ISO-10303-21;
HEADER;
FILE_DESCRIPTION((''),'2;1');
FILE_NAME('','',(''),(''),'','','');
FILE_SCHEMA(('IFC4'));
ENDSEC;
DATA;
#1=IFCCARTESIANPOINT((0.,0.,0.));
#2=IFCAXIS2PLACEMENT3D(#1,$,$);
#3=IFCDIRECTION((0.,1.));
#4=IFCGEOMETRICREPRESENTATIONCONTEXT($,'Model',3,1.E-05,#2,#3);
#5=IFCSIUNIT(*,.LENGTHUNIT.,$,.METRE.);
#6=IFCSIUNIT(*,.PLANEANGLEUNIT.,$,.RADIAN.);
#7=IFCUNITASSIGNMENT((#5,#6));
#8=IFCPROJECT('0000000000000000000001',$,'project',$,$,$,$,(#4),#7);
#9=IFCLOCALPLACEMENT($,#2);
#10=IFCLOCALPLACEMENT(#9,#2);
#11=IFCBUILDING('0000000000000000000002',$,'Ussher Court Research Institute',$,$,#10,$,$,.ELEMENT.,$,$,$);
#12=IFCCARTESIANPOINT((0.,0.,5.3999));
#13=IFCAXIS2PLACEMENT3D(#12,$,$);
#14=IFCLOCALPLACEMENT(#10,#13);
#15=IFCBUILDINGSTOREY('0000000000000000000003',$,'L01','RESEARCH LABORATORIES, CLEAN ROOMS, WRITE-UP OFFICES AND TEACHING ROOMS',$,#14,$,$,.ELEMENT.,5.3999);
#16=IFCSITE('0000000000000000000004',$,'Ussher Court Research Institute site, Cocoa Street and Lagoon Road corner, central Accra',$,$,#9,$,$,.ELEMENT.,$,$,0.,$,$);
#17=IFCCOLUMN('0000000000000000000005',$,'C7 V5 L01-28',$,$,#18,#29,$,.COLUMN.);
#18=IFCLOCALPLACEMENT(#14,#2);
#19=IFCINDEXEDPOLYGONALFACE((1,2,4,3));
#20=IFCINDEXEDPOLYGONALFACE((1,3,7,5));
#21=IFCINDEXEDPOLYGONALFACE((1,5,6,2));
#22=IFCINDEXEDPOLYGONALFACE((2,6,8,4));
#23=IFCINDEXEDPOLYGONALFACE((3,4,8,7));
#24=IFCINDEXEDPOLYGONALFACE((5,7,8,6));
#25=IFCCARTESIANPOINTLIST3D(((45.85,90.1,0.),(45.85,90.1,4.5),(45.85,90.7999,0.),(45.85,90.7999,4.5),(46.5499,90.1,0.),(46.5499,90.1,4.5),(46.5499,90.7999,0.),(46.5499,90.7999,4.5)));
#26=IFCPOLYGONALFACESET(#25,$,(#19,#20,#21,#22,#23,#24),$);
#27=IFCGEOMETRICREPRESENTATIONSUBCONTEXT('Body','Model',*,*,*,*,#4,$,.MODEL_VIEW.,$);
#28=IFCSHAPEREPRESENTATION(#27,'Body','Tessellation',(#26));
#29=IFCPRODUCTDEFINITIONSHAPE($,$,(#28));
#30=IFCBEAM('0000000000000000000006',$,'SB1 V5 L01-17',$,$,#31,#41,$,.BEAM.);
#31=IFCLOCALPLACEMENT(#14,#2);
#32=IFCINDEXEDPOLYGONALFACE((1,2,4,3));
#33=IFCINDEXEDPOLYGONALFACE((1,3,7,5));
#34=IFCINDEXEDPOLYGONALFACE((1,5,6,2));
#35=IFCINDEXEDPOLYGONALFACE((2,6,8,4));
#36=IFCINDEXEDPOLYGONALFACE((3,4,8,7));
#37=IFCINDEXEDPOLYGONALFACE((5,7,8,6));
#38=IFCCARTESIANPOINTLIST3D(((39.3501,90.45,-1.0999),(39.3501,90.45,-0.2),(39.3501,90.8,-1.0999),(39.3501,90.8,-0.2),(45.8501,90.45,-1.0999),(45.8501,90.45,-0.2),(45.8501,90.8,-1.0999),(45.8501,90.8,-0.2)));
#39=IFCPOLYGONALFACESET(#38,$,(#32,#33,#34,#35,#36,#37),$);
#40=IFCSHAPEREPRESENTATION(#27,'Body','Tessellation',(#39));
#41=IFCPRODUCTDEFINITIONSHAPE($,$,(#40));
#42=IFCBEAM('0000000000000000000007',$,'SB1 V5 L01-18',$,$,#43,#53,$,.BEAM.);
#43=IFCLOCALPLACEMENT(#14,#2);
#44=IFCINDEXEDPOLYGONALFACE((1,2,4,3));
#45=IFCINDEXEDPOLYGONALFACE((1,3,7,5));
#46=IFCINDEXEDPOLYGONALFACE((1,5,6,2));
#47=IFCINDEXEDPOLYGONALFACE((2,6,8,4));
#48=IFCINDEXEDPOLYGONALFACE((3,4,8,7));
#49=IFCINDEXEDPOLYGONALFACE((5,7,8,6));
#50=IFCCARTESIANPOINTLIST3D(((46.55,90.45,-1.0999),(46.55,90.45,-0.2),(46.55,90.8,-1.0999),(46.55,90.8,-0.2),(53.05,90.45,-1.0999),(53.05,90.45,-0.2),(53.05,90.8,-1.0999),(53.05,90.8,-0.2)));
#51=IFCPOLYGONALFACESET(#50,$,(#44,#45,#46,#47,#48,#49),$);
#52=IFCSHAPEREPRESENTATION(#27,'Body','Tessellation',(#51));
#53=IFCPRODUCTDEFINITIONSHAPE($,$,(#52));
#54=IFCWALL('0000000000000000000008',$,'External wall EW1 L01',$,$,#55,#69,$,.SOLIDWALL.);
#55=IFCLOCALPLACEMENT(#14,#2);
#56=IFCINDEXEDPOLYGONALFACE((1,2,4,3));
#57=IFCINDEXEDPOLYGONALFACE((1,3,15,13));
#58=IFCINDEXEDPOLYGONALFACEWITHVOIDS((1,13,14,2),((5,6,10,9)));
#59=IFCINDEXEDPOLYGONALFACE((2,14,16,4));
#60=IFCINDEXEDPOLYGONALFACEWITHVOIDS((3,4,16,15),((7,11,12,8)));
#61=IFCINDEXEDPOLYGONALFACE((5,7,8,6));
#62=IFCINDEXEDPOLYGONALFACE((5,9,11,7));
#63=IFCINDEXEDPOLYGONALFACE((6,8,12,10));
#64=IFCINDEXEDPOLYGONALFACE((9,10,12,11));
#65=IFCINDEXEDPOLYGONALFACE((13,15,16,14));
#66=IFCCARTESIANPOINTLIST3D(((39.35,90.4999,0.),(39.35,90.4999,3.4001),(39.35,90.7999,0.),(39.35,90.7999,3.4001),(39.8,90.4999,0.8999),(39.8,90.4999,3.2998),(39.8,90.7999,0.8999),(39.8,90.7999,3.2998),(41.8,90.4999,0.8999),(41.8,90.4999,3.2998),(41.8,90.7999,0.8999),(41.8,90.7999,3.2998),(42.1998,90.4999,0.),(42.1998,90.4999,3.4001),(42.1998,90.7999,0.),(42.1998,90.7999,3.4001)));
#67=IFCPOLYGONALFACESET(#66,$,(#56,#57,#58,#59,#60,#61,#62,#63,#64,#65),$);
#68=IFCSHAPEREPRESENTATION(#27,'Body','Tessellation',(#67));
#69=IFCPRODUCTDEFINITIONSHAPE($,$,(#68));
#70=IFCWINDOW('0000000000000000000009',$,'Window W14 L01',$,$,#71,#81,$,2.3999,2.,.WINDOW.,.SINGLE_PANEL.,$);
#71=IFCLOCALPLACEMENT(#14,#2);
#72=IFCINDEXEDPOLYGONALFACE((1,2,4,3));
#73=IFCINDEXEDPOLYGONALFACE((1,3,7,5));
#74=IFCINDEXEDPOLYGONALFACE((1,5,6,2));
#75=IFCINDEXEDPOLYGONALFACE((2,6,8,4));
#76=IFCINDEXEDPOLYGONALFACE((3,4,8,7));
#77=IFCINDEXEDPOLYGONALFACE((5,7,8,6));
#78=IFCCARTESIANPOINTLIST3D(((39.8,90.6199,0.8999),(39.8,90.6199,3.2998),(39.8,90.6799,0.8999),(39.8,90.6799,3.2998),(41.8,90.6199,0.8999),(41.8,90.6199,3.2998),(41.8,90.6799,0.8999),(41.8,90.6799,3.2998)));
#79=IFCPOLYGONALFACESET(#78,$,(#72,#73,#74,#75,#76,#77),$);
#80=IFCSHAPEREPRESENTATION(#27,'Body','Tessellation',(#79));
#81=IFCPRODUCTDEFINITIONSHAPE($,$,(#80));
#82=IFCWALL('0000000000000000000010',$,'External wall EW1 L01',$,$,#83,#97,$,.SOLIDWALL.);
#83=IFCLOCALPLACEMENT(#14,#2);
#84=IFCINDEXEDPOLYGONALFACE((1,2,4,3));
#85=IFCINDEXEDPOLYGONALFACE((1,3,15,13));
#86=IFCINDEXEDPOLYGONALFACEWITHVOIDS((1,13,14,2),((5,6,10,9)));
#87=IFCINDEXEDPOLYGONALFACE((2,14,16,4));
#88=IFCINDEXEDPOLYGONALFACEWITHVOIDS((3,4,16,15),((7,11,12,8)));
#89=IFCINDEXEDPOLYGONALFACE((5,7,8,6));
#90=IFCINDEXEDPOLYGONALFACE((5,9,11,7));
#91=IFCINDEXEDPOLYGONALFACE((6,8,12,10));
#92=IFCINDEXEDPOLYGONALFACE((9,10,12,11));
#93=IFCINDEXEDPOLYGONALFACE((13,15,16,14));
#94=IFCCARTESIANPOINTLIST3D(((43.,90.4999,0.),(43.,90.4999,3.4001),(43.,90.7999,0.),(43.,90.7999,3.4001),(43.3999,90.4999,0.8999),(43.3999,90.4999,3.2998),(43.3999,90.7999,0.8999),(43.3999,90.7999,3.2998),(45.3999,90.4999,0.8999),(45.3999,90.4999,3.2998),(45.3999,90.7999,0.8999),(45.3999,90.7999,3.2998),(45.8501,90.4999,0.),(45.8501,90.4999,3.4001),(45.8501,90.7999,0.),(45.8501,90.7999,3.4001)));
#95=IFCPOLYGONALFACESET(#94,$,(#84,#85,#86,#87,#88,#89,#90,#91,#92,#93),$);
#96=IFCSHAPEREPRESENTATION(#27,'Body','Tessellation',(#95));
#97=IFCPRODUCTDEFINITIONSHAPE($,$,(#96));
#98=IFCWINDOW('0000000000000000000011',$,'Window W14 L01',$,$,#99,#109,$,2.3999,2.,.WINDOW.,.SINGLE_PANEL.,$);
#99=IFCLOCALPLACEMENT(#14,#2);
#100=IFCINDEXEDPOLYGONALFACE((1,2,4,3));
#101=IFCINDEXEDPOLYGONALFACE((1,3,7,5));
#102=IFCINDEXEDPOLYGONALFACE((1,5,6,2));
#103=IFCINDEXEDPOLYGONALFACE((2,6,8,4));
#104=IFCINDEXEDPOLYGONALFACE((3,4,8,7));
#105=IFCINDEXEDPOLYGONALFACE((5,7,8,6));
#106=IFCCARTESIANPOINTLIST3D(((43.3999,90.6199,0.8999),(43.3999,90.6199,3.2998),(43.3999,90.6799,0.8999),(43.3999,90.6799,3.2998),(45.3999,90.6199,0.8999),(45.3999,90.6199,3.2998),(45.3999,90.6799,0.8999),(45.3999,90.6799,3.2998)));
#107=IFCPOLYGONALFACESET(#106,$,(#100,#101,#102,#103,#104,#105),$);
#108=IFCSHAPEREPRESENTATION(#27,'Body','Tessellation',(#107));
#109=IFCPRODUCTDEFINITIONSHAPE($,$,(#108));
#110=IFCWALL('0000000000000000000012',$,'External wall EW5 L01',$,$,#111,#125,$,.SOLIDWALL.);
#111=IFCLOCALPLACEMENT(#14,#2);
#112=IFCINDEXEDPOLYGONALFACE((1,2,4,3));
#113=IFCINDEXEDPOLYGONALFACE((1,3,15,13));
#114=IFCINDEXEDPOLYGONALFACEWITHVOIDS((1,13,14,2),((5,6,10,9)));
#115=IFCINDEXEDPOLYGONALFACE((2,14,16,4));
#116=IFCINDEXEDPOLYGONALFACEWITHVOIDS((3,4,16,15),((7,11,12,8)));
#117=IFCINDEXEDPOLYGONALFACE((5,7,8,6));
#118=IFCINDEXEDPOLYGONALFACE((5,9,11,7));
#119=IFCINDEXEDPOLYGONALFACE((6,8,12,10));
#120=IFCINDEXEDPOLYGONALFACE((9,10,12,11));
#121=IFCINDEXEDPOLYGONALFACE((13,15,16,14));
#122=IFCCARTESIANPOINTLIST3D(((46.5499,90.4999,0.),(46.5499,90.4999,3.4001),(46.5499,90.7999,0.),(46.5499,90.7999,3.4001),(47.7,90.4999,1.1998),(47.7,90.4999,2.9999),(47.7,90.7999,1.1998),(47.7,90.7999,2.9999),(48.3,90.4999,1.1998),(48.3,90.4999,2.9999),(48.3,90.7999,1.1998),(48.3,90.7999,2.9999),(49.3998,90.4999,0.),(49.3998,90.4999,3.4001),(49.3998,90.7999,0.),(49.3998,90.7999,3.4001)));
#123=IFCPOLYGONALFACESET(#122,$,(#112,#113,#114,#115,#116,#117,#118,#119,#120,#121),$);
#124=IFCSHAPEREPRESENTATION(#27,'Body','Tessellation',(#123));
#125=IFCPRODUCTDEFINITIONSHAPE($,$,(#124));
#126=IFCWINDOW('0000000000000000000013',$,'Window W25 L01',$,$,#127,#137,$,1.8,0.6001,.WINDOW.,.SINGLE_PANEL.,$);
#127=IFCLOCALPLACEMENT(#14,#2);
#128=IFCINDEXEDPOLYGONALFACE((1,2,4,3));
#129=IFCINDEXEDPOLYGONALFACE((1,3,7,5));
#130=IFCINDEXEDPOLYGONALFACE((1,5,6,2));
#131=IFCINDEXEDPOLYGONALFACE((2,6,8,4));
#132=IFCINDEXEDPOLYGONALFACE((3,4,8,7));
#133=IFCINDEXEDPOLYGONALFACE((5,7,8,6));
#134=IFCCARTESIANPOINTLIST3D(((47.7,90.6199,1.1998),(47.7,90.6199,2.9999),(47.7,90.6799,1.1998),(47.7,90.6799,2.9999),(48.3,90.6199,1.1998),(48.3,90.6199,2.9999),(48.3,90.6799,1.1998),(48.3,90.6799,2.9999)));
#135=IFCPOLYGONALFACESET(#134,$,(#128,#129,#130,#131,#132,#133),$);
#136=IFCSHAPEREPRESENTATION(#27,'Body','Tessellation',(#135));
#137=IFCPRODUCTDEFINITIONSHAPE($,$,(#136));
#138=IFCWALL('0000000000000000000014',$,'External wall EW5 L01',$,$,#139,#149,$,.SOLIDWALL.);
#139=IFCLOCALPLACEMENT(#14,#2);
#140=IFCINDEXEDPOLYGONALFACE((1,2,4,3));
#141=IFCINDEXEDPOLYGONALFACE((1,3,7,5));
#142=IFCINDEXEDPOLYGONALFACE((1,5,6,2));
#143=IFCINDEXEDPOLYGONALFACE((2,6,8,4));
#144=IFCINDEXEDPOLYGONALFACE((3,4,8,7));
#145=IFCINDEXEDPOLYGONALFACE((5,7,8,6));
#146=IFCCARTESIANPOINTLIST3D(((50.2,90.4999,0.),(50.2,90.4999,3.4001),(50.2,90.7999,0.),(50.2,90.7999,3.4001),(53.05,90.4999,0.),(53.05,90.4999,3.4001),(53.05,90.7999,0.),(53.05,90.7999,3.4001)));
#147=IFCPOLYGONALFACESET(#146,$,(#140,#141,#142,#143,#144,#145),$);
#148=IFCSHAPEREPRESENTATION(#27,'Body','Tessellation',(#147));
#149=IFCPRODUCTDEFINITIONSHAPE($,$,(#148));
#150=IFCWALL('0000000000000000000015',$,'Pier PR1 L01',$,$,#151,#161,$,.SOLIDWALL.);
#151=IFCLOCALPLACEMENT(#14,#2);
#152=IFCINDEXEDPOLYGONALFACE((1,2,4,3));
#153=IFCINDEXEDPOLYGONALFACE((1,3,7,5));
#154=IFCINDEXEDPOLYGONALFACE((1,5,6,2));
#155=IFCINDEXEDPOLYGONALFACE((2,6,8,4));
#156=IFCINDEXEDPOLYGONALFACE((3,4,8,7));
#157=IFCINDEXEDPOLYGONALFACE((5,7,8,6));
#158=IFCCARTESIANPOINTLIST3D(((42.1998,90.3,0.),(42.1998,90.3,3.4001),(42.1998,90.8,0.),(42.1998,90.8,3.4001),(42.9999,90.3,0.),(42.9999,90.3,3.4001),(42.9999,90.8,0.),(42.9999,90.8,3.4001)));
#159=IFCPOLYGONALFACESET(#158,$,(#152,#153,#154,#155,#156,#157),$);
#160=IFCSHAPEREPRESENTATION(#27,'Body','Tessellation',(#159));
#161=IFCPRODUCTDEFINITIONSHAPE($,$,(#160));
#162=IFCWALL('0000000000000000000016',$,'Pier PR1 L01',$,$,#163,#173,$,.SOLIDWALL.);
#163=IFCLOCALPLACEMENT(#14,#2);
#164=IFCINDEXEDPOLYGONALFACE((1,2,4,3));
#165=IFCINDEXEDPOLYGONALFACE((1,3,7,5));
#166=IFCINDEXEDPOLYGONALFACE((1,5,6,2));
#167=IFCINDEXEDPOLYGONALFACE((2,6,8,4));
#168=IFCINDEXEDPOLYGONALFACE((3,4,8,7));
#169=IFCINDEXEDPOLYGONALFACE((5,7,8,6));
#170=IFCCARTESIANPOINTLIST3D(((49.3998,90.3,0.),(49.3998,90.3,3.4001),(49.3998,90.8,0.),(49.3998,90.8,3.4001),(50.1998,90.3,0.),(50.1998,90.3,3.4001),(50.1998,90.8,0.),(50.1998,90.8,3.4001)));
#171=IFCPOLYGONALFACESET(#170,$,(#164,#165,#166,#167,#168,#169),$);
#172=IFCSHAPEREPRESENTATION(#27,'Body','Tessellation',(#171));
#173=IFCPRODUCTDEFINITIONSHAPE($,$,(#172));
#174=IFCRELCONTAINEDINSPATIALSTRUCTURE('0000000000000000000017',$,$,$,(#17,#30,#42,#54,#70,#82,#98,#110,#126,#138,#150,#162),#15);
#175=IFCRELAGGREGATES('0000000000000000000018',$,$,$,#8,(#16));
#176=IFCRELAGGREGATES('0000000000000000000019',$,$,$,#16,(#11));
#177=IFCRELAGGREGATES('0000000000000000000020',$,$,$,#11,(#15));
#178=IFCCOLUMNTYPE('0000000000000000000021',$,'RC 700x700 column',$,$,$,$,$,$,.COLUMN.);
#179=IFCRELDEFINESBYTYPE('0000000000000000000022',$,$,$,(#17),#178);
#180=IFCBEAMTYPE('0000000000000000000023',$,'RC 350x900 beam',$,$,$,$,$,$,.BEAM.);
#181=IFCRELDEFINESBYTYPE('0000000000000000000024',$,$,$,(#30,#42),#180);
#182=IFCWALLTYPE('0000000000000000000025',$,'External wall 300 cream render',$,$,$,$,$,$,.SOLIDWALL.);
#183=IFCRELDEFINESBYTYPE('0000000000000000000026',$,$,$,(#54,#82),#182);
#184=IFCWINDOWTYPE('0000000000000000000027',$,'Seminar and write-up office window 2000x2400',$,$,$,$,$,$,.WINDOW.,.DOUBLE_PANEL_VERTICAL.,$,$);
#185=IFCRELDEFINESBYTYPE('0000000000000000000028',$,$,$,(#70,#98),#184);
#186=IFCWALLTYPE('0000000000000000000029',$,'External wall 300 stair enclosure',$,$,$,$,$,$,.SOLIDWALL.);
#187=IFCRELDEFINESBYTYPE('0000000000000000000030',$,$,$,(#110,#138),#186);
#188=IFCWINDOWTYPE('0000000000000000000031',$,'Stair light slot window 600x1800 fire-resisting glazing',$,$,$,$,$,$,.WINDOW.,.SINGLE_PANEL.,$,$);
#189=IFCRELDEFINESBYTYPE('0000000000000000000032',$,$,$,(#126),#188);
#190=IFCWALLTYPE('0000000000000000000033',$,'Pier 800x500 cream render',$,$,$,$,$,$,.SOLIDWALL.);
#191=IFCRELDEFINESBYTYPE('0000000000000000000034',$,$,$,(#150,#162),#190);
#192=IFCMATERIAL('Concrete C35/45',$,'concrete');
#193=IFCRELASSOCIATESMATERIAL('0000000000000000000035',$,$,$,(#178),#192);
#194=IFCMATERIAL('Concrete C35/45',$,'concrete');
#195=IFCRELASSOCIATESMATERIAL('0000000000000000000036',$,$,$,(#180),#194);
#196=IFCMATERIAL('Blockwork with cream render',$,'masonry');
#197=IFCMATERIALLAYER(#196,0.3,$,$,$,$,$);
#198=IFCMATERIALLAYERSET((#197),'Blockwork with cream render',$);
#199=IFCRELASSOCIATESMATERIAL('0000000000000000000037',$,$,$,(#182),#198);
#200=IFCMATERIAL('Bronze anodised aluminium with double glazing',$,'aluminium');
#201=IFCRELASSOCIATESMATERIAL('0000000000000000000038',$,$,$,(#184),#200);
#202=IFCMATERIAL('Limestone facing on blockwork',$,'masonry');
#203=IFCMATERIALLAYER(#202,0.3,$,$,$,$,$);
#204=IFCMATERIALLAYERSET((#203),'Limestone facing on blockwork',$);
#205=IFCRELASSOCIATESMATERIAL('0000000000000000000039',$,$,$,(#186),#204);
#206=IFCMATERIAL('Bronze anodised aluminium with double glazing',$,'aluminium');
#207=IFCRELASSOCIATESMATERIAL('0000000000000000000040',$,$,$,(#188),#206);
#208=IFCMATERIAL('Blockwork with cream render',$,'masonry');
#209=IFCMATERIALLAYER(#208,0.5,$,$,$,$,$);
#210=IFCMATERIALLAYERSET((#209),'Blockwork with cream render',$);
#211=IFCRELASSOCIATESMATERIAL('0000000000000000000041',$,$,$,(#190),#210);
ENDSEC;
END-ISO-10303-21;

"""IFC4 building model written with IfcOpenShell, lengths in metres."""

from ifc_helpers import new_model, si_unit, direction, frame, frame_2d, origin, origin_2d, place, context, subcontext, project, spatial, rectangle, extrude, material, layer, layer_set, material_profile, profile_set, type_object, element, fill, save


model = new_model("IFC4")

# Units and contexts
model_context = context("Model", 3, precision=1e-05, world=origin(), true_north=direction((0.0, 1.0)))
body_context = subcontext(model_context, "Body", "Model", "MODEL_VIEW")
ifc_project = project(units=[si_unit("LENGTHUNIT", "METRE"), si_unit("PLANEANGLEUNIT", "RADIAN")], contexts=[model_context])

# Site, building, storey
site_placement = place(None, origin())
site = spatial("IfcSite", under=ifc_project, at=site_placement, Name="Ussher Court Research Institute site, Cocoa Street and Lagoon Road corner, central Accra", CompositionType="ELEMENT", RefElevation=0.0)
building_placement = place(site_placement, origin())
building = spatial("IfcBuilding", under=site, at=building_placement, Name="Ussher Court Research Institute", CompositionType="ELEMENT")
storey_placement = place(building_placement, frame((0.0, 0.0, 5.3999)))
storey = spatial("IfcBuildingStorey", under=building, at=storey_placement, Name="L01", Description="RESEARCH LABORATORIES, CLEAN ROOMS, WRITE-UP OFFICES AND TEACHING ROOMS", CompositionType="ELEMENT", Elevation=5.3999)

# Column
ifc_material_1 = material(Name="Concrete C35/45", Category="concrete")
ifc_material_profile_1 = material_profile(ifc_material_1, rectangle(XDim=0.7, YDim=0.7, at=origin_2d()), Name="RC 700x700")
ifc_profile_set_1 = profile_set([ifc_material_profile_1], Name="Concrete C35/45")
column_type = type_object("IfcColumnType", Name="RC 700x700 column", PredefinedType="COLUMN", material=ifc_profile_set_1)
column_placement = place(storey_placement, frame((46.2, 90.45, 0.0), z_axis=(0.0, 0.0, 1.0), x_axis=(1.0, 0.0, 0.0)))
element("IfcColumn", 1, at=column_placement, inside=storey, type_object=column_type, Name="C7 V5 L01-28", PredefinedType="COLUMN", context=body_context, shape_type="SweptSolid", body=[
    extrude(rectangle(XDim=0.7, YDim=0.7, at=origin_2d()), origin(), (0.0, 0.0, 1.0), 4.5),
])

# Beams
ifc_material_2 = material(Name="Concrete C35/45", Category="concrete")
ifc_material_profile_2 = material_profile(ifc_material_2, rectangle(XDim=0.3501, YDim=0.8999, at=origin_2d()), Name="RC 350x900")
ifc_profile_set_2 = profile_set([ifc_material_profile_2], Name="Concrete C35/45")
beam_type = type_object("IfcBeamType", Name="RC 350x900 beam", PredefinedType="BEAM", material=ifc_profile_set_2)
for number, where, z_axis, x_axis, name in (
    (2, (39.3501, 90.625, -0.6499), (1.0, 0.0, 0.0), (0.0, 1.0, 0.0), "SB1 V5 L01-17"),
    (3, (46.55, 90.625, -0.6499), (1.0, 0.0, 0.0), (0.0, 1.0, 0.0), "SB1 V5 L01-18"),
):
    element("IfcBeam", number, at=place(storey_placement, frame(where, z_axis=z_axis, x_axis=x_axis)), inside=storey, type_object=beam_type, Name=name, PredefinedType="BEAM", context=body_context, shape_type="SweptSolid", body=[
        extrude(rectangle(XDim=0.3501, YDim=0.8999, at=origin_2d()), origin(), (0.0, 0.0, 1.0), 6.5),
    ])

# Walls, openings, windows
ifc_material_3 = material(Name="Blockwork with cream render", Category="masonry")
ifc_layer_1 = layer(ifc_material_3, 0.3)
ifc_layer_set_1 = layer_set([ifc_layer_1], Name="Blockwork with cream render")
wall_type_1 = type_object("IfcWallType", Name="External wall 300 cream render", PredefinedType="SOLIDWALL", material=ifc_layer_set_1)
wall_1_placement = place(storey_placement, frame((39.3501, 90.6499, 0.0), z_axis=(0.0, 0.0, 1.0), x_axis=(1.0, 0.0, 0.0)))
wall_1 = element("IfcWall", 4, at=wall_1_placement, inside=storey, type_object=wall_type_1, Name="External wall EW1 L01", PredefinedType="SOLIDWALL", context=body_context, shape_type="SweptSolid", body=[
    extrude(rectangle(XDim=2.8499, YDim=0.3, at=frame_2d((1.4248, 0.0))), origin(), (0.0, 0.0, 1.0), 3.4001),
])
opening_1_placement = place(wall_1_placement, frame((0.45, 0.0, 0.8999)))
opening_1 = element("IfcOpeningElement", 5, at=opening_1_placement, cuts=wall_1, PredefinedType="OPENING", context=body_context, shape_type="SweptSolid", body=[
    extrude(rectangle(XDim=2.0, YDim=2.3999, at=frame_2d((1.0, 1.2))), frame((0.0, 0.1602, 0.0), z_axis=(0.0, -1.0, 0.0), x_axis=(1.0, 0.0, 0.0)), (0.0, 0.0, 1.0), 0.3201),
])
ifc_material_4 = material(Name="Bronze anodised aluminium with double glazing", Category="aluminium")
window_type_1 = type_object("IfcWindowType", Name="Seminar and write-up office window 2000x2400", PartitioningType="DOUBLE_PANEL_VERTICAL", PredefinedType="WINDOW", material=ifc_material_4)
window_1_placement = place(opening_1_placement, origin())
window_1 = element("IfcWindow", 6, at=window_1_placement, inside=storey, type_object=window_type_1, Name="Window W14 L01", OverallHeight=2.3999, OverallWidth=2.0, PartitioningType="SINGLE_PANEL", PredefinedType="WINDOW", context=body_context, shape_type="SweptSolid", body=[
    extrude(rectangle(XDim=2.0, YDim=2.3999, at=frame_2d((1.0, 1.2))), frame((0.0, 0.03, 0.0), z_axis=(0.0, -1.0, 0.0), x_axis=(1.0, 0.0, 0.0)), (0.0, 0.0, 1.0), 0.0601),
])
fill(opening_1, window_1)
wall_2_placement = place(storey_placement, frame((43.0, 90.6499, 0.0), z_axis=(0.0, 0.0, 1.0), x_axis=(1.0, 0.0, 0.0)))
wall_2 = element("IfcWall", 7, at=wall_2_placement, inside=storey, type_object=wall_type_1, Name="External wall EW1 L01", PredefinedType="SOLIDWALL", context=body_context, shape_type="SweptSolid", body=[
    extrude(rectangle(XDim=2.8501, YDim=0.3, at=frame_2d((1.425, 0.0))), origin(), (0.0, 0.0, 1.0), 3.4001),
])
opening_2_placement = place(wall_2_placement, frame((0.3999, 0.0, 0.8999)))
opening_2 = element("IfcOpeningElement", 8, at=opening_2_placement, cuts=wall_2, PredefinedType="OPENING", context=body_context, shape_type="SweptSolid", body=[
    extrude(rectangle(XDim=2.0, YDim=2.3999, at=frame_2d((1.0, 1.2))), frame((0.0, 0.1602, 0.0), z_axis=(0.0, -1.0, 0.0), x_axis=(1.0, 0.0, 0.0)), (0.0, 0.0, 1.0), 0.3201),
])
window_2_placement = place(opening_2_placement, origin())
window_2 = element("IfcWindow", 9, at=window_2_placement, inside=storey, type_object=window_type_1, Name="Window W14 L01", OverallHeight=2.3999, OverallWidth=2.0, PartitioningType="SINGLE_PANEL", PredefinedType="WINDOW", context=body_context, shape_type="SweptSolid", body=[
    extrude(rectangle(XDim=2.0, YDim=2.3999, at=frame_2d((1.0, 1.2))), frame((0.0, 0.03, 0.0), z_axis=(0.0, -1.0, 0.0), x_axis=(1.0, 0.0, 0.0)), (0.0, 0.0, 1.0), 0.0601),
])
fill(opening_2, window_2)
ifc_material_5 = material(Name="Limestone facing on blockwork", Category="masonry")
ifc_layer_2 = layer(ifc_material_5, 0.3)
ifc_layer_set_2 = layer_set([ifc_layer_2], Name="Limestone facing on blockwork")
wall_type_2 = type_object("IfcWallType", Name="External wall 300 stair enclosure", PredefinedType="SOLIDWALL", material=ifc_layer_set_2)
wall_3_placement = place(storey_placement, frame((46.55, 90.6499, 0.0), z_axis=(0.0, 0.0, 1.0), x_axis=(1.0, 0.0, 0.0)))
wall_3 = element("IfcWall", 10, at=wall_3_placement, inside=storey, type_object=wall_type_2, Name="External wall EW5 L01", PredefinedType="SOLIDWALL", context=body_context, shape_type="SweptSolid", body=[
    extrude(rectangle(XDim=2.8499, YDim=0.3, at=frame_2d((1.4248, 0.0))), origin(), (0.0, 0.0, 1.0), 3.4001),
])
opening_3_placement = place(wall_3_placement, frame((1.1499, 0.0, 1.2)))
opening_3 = element("IfcOpeningElement", 11, at=opening_3_placement, cuts=wall_3, PredefinedType="OPENING", context=body_context, shape_type="SweptSolid", body=[
    extrude(rectangle(XDim=0.6001, YDim=1.8, at=frame_2d((0.3, 0.8999))), frame((0.0, 0.1602, 0.0), z_axis=(0.0, -1.0, 0.0), x_axis=(1.0, 0.0, 0.0)), (0.0, 0.0, 1.0), 0.3201),
])
ifc_material_6 = material(Name="Bronze anodised aluminium with double glazing", Category="aluminium")
window_type_2 = type_object("IfcWindowType", Name="Stair light slot window 600x1800 fire-resisting glazing", PartitioningType="SINGLE_PANEL", PredefinedType="WINDOW", material=ifc_material_6)
window_3_placement = place(opening_3_placement, origin())
window_3 = element("IfcWindow", 12, at=window_3_placement, inside=storey, type_object=window_type_2, Name="Window W25 L01", OverallHeight=1.8, OverallWidth=0.6001, PartitioningType="SINGLE_PANEL", PredefinedType="WINDOW", context=body_context, shape_type="SweptSolid", body=[
    extrude(rectangle(XDim=0.6001, YDim=1.8, at=frame_2d((0.3, 0.8999))), frame((0.0, 0.03, 0.0), z_axis=(0.0, -1.0, 0.0), x_axis=(1.0, 0.0, 0.0)), (0.0, 0.0, 1.0), 0.0601),
])
fill(opening_3, window_3)

# Walls
wall_4_placement = place(storey_placement, frame((50.2, 90.6499, 0.0), z_axis=(0.0, 0.0, 1.0), x_axis=(1.0, 0.0, 0.0)))
element("IfcWall", 13, at=wall_4_placement, inside=storey, type_object=wall_type_2, Name="External wall EW5 L01", PredefinedType="SOLIDWALL", context=body_context, shape_type="SweptSolid", body=[
    extrude(rectangle(XDim=2.8501, YDim=0.3, at=frame_2d((1.425, 0.0))), origin(), (0.0, 0.0, 1.0), 3.4001),
])
ifc_material_7 = material(Name="Blockwork with cream render", Category="masonry")
ifc_layer_3 = layer(ifc_material_7, 0.5)
ifc_layer_set_3 = layer_set([ifc_layer_3], Name="Blockwork with cream render")
wall_type_3 = type_object("IfcWallType", Name="Pier 800x500 cream render", PredefinedType="SOLIDWALL", material=ifc_layer_set_3)
for number, where, z_axis, x_axis, name in (
    (14, (42.2, 90.55, 0.0), (0.0, 0.0, 1.0), (1.0, 0.0, 0.0), "Pier PR1 L01"),
    (15, (49.3999, 90.55, 0.0), (0.0, 0.0, 1.0), (1.0, 0.0, 0.0), "Pier PR1 L01"),
):
    element("IfcWall", number, at=place(storey_placement, frame(where, z_axis=z_axis, x_axis=x_axis)), inside=storey, type_object=wall_type_3, Name=name, PredefinedType="SOLIDWALL", context=body_context, shape_type="SweptSolid", body=[
        extrude(rectangle(XDim=0.8, YDim=0.5, at=frame_2d((0.3999, 0.0))), origin(), (0.0, 0.0, 1.0), 3.4001),
    ])

save(model, "model.ifc")
